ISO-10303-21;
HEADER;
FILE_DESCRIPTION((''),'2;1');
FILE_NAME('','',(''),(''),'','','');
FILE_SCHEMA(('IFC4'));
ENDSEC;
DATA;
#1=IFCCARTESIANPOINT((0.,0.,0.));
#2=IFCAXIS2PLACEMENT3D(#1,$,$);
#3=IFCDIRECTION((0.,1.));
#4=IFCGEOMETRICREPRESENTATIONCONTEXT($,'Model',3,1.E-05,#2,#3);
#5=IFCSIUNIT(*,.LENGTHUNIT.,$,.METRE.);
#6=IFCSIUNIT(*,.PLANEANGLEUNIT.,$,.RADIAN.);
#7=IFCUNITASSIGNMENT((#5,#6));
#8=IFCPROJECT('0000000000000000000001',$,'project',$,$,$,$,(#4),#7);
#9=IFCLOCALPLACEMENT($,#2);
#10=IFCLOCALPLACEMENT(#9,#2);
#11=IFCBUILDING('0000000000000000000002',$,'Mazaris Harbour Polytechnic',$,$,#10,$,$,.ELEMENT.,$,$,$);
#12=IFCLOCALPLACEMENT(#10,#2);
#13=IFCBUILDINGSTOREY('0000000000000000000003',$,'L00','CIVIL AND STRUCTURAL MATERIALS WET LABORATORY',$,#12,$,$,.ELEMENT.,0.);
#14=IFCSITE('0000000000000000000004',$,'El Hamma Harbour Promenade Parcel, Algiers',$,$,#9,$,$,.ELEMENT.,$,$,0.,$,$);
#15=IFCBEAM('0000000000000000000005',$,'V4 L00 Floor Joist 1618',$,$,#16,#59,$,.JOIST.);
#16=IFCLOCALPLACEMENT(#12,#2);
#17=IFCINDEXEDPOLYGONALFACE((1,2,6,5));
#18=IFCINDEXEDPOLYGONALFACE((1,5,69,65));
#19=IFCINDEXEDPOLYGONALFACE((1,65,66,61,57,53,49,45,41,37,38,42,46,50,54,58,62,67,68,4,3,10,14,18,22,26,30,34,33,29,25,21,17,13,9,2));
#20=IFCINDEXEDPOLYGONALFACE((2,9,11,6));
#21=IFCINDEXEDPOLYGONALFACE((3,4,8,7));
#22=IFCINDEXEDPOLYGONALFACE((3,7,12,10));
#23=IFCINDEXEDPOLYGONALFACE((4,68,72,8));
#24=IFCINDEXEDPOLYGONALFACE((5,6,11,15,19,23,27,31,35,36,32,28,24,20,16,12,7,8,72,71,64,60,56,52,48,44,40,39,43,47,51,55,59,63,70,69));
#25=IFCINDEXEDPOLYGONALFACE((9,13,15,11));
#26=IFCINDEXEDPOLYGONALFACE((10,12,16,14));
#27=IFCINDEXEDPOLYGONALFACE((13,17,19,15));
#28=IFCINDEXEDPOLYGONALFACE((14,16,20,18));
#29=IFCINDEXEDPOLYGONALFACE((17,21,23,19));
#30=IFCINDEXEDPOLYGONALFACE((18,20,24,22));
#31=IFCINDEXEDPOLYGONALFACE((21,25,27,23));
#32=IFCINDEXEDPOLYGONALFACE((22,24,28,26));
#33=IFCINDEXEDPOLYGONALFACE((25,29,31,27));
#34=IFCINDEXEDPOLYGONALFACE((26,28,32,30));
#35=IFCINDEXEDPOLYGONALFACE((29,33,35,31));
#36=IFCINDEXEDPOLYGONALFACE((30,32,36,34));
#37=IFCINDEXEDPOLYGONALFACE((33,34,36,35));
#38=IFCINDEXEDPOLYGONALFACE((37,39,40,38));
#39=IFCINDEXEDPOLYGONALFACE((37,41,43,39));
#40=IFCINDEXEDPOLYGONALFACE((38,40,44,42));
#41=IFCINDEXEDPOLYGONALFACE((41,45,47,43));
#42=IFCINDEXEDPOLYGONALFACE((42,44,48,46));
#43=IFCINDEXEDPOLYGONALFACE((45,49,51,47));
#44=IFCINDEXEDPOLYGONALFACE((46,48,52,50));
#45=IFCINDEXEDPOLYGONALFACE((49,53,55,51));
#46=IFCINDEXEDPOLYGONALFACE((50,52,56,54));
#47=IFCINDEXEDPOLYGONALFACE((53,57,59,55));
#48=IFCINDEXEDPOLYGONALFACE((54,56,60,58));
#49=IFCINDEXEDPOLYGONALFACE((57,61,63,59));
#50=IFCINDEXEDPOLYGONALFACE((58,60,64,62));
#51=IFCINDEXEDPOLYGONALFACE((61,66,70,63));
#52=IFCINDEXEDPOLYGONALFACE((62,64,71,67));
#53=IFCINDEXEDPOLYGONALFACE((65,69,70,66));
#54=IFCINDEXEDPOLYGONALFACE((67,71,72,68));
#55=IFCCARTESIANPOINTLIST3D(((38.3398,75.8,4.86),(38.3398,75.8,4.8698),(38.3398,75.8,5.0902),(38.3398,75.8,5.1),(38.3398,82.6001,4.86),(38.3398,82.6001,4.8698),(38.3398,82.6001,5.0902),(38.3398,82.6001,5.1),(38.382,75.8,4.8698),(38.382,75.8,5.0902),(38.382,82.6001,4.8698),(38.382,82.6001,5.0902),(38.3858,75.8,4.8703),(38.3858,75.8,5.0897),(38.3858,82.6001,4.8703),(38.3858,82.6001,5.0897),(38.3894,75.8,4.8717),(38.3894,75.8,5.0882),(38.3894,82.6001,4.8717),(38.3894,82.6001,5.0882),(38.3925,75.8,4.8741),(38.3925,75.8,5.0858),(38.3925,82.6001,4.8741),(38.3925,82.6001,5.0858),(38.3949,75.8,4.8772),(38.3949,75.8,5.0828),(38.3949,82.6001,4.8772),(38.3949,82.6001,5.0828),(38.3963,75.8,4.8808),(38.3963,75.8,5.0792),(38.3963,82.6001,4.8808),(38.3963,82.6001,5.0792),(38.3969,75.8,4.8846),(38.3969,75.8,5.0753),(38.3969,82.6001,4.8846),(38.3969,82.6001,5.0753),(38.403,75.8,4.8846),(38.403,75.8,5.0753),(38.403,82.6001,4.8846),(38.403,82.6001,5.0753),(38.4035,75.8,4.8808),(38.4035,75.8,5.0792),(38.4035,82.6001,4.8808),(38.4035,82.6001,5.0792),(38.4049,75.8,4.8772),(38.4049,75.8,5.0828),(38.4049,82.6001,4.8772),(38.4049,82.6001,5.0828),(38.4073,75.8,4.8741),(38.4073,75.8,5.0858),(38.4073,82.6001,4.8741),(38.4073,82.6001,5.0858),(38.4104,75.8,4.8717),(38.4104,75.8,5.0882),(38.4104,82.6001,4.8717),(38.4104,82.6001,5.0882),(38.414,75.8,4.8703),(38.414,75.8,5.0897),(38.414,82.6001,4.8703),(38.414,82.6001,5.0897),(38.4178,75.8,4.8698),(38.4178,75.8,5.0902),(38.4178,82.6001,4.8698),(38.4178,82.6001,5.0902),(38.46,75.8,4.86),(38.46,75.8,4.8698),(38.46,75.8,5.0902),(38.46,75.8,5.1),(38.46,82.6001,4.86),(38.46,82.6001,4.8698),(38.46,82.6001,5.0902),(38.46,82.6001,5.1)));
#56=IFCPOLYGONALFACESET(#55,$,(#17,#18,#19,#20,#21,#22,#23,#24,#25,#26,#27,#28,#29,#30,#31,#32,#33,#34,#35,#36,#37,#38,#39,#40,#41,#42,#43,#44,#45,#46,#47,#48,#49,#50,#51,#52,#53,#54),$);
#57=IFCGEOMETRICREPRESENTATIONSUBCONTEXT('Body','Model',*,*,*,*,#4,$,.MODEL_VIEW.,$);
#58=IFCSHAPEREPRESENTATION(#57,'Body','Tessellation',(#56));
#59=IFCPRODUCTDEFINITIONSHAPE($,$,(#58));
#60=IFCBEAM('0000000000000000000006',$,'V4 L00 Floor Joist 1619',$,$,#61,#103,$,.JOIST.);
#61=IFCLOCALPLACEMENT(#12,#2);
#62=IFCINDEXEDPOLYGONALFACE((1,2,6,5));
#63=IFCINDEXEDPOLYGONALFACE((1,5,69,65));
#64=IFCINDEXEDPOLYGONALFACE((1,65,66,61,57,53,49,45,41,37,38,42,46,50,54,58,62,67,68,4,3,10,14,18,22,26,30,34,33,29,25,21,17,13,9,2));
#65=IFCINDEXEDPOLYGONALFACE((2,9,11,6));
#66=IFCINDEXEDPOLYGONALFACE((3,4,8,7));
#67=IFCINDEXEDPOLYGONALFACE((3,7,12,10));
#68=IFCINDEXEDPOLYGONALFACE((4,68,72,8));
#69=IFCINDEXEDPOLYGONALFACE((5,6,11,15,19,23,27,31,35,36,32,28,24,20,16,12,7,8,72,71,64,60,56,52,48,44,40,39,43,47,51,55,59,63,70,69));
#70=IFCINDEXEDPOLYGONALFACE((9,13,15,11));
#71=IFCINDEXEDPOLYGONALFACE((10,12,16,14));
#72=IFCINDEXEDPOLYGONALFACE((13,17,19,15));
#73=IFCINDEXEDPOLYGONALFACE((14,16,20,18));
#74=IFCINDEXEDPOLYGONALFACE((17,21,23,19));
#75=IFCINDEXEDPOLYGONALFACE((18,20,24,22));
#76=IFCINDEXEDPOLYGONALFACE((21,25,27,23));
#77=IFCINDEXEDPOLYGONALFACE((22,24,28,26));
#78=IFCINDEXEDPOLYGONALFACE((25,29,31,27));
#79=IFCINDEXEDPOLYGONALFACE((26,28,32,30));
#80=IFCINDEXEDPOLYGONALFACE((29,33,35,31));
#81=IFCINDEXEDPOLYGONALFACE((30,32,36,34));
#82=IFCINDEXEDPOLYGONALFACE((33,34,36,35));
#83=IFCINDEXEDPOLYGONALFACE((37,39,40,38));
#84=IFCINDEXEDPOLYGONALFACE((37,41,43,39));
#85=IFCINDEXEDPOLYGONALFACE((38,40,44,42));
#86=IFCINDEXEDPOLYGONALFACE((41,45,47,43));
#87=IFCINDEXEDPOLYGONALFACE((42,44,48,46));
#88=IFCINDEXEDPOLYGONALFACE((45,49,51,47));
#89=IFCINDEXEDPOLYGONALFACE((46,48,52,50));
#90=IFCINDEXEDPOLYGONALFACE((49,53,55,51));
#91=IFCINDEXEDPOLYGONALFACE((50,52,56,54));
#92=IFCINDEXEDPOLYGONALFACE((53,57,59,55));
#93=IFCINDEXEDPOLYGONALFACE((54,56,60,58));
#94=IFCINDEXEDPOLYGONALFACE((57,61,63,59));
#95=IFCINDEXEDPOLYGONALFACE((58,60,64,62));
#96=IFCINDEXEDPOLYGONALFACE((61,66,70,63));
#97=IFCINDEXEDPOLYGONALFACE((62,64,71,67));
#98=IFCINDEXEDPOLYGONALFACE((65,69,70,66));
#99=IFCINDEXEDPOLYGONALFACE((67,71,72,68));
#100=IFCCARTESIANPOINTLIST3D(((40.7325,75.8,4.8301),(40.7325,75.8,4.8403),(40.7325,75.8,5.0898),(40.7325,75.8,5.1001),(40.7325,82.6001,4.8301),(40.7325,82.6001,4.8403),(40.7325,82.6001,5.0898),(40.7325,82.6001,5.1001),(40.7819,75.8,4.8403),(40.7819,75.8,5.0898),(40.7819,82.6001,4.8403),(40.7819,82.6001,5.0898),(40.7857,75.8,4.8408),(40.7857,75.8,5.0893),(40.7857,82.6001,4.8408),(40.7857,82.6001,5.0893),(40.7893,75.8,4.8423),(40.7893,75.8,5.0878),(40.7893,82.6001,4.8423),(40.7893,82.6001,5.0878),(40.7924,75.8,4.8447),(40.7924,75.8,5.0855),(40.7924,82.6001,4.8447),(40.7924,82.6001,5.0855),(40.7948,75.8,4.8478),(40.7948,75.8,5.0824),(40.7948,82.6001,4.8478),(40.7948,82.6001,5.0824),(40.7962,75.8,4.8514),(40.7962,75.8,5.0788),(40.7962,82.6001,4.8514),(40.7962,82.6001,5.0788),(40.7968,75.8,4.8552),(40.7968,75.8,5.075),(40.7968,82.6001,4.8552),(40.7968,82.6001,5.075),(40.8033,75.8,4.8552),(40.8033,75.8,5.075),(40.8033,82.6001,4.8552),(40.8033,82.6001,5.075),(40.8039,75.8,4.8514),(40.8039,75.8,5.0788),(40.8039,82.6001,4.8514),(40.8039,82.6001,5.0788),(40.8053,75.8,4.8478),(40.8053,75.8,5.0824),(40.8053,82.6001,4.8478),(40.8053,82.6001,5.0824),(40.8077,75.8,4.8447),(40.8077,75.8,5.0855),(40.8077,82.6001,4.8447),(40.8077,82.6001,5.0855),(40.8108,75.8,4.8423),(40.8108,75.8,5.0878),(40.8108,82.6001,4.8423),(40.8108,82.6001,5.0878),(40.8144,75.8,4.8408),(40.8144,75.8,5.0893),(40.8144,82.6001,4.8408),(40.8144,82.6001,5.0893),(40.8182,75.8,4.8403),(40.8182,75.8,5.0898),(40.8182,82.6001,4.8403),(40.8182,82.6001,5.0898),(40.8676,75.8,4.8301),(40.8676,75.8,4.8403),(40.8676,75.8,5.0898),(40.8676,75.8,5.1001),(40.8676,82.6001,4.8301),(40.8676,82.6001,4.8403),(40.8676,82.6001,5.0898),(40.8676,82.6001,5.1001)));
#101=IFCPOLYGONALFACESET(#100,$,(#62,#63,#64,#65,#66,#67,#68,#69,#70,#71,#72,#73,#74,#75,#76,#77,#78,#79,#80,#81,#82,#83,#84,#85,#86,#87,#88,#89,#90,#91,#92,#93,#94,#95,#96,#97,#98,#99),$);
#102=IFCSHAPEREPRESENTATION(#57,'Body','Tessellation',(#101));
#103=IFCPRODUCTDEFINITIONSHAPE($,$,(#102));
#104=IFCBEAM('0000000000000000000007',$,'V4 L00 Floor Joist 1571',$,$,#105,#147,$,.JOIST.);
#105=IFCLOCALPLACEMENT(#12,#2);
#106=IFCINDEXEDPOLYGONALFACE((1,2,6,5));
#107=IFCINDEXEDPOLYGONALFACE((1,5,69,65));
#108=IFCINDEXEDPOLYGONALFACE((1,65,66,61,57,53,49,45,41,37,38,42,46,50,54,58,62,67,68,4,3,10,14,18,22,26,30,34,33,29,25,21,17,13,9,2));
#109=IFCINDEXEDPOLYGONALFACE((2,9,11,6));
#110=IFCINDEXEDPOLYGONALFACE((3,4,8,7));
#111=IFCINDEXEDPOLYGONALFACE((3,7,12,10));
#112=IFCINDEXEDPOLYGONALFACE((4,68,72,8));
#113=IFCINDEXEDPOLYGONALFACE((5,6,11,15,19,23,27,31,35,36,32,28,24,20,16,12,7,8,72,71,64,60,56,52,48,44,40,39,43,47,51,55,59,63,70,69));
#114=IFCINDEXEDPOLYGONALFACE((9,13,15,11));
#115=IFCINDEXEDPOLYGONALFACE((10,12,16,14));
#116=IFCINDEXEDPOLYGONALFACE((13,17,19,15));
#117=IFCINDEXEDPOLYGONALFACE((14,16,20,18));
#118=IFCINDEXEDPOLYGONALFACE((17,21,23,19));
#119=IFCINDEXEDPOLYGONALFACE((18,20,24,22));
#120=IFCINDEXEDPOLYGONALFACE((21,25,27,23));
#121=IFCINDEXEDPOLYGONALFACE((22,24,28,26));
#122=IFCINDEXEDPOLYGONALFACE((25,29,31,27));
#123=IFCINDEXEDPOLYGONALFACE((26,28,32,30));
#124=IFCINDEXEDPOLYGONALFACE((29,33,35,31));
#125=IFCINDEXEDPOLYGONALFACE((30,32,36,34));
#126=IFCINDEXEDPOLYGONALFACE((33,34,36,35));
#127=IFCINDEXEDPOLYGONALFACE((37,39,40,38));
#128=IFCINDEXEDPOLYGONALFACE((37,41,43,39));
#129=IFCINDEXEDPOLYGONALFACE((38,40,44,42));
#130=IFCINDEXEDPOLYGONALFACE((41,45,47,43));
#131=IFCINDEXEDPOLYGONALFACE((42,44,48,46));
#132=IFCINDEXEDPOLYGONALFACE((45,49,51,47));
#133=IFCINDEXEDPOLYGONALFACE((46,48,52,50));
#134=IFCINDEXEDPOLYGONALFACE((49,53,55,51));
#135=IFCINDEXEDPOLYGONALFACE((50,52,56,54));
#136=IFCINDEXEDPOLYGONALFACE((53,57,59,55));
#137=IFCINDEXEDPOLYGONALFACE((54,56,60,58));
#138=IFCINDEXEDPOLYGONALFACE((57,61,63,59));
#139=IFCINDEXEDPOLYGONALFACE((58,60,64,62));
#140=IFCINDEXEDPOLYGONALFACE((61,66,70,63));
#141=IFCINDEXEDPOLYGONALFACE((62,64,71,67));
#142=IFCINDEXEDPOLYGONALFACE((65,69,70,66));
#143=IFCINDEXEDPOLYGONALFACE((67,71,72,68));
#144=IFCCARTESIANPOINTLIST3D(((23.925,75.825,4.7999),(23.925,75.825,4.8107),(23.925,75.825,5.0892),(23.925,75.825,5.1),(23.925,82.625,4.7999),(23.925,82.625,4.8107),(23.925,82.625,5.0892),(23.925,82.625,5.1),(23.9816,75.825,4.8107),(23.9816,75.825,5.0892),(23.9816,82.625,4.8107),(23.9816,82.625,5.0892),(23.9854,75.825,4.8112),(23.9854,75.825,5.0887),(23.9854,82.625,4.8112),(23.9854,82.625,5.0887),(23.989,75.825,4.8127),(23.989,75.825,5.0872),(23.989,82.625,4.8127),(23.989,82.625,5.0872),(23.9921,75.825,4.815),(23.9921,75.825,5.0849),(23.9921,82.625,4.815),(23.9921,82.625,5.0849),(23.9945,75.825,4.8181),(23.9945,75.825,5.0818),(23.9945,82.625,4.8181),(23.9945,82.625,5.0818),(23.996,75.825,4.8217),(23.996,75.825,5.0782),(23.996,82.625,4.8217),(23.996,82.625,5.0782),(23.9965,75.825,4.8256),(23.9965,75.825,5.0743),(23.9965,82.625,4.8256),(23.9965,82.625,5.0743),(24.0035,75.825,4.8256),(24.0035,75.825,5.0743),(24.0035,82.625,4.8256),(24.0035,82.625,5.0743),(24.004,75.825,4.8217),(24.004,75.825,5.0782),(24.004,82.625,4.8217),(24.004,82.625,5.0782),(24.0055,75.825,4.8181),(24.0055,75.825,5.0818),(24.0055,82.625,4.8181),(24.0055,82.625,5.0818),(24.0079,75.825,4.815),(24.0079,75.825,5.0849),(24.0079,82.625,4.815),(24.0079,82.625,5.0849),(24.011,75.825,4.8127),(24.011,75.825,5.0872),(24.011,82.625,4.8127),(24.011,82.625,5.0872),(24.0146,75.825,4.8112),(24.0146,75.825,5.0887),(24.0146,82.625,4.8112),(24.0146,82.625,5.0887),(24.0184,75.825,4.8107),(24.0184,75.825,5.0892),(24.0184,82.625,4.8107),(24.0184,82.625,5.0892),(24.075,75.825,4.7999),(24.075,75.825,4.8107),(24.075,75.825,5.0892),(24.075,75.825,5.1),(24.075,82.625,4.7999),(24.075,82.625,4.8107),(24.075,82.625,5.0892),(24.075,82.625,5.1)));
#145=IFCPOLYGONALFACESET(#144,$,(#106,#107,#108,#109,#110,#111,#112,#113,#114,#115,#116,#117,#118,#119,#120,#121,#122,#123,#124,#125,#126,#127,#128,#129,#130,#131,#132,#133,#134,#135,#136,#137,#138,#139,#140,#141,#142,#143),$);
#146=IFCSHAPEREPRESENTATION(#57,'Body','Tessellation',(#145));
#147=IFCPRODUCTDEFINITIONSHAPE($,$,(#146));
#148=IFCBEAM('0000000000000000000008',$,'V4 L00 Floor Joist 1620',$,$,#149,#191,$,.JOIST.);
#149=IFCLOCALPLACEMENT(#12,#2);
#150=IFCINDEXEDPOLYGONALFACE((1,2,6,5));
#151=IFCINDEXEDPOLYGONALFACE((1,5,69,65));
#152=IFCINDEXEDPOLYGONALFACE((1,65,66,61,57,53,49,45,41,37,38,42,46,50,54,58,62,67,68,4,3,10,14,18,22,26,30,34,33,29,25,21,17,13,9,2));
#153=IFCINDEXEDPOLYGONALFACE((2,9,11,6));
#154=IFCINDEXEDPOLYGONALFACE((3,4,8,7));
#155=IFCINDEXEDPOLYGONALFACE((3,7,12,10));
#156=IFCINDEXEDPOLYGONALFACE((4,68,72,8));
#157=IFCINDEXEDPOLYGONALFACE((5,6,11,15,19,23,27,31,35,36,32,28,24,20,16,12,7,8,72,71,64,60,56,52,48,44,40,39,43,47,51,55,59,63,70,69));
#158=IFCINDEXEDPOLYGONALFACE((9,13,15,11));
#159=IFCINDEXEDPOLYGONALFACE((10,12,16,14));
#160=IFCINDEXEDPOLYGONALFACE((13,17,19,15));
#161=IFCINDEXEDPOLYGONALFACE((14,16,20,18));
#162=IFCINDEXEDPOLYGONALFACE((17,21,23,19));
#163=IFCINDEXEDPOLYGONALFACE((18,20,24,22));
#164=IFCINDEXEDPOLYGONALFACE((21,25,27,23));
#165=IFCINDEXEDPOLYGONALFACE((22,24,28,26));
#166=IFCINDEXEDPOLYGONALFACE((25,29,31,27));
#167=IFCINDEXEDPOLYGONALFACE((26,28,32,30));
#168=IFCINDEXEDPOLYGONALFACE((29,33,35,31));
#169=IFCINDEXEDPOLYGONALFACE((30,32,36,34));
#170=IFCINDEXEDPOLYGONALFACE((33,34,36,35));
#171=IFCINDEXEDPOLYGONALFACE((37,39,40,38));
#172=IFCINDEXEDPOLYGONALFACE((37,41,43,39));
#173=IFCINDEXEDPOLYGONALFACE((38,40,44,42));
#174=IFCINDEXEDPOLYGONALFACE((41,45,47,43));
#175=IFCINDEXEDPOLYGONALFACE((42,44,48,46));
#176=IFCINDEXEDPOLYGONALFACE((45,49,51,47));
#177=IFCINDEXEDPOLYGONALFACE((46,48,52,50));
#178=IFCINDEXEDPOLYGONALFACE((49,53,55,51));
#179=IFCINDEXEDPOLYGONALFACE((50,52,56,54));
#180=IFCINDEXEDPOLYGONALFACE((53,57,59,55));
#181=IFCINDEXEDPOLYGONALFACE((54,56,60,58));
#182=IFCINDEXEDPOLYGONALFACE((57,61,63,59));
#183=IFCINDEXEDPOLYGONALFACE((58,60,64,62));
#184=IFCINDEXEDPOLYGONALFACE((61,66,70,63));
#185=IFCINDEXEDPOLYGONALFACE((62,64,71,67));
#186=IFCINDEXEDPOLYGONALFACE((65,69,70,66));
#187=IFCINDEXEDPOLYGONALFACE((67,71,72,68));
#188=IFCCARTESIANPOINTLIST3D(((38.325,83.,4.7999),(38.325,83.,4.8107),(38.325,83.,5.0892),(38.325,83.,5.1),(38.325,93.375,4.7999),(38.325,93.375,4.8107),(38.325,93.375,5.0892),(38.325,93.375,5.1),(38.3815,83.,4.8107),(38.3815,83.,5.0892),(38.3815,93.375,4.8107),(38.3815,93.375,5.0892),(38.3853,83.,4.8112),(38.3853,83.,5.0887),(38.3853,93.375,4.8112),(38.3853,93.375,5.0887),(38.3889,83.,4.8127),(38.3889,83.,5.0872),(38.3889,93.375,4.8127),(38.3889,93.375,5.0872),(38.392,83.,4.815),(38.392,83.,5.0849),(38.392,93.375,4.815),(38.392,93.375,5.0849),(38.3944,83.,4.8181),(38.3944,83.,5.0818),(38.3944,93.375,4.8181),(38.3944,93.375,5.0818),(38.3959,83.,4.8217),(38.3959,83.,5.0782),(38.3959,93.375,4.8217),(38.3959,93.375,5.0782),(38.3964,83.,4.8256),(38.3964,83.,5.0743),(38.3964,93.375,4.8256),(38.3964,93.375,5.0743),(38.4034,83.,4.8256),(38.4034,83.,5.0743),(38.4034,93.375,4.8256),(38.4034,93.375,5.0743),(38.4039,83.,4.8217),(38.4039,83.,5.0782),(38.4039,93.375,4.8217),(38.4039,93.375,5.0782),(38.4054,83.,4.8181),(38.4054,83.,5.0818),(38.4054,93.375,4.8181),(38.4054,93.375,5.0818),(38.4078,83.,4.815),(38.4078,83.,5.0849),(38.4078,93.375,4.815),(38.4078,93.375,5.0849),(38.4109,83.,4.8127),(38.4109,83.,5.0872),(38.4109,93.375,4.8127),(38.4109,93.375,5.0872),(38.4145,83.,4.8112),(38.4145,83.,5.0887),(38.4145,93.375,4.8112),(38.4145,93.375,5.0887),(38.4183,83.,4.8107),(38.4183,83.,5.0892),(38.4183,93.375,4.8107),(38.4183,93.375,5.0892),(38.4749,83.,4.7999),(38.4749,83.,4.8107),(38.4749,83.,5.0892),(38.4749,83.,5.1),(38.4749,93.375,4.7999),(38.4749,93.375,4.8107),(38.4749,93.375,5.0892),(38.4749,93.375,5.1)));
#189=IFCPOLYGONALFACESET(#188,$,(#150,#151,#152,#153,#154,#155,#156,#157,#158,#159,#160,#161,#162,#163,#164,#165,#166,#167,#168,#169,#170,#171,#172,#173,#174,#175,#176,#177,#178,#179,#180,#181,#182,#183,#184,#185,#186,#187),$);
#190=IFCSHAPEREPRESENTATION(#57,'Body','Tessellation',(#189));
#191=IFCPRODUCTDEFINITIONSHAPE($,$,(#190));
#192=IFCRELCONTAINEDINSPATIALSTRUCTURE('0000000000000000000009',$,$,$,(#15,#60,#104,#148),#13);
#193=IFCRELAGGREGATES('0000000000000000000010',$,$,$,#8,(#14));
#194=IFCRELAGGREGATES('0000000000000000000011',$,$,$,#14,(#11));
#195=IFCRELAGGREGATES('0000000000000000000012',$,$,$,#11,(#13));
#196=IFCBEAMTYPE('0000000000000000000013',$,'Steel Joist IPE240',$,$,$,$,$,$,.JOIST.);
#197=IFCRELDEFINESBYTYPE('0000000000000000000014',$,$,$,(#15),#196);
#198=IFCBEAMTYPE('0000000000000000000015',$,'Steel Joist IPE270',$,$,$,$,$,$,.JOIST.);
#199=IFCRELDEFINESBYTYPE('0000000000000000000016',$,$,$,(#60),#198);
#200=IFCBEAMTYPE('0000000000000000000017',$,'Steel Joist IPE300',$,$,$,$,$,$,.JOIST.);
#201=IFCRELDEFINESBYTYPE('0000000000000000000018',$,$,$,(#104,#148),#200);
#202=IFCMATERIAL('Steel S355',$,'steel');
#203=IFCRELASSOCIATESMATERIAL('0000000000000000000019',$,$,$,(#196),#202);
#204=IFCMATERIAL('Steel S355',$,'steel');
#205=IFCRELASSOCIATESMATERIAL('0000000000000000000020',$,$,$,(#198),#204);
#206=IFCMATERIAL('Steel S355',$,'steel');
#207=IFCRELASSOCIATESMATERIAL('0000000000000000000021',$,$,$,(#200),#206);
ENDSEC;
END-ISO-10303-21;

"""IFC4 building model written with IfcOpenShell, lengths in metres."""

from ifc_helpers import new_model, si_unit, direction, frame, origin, origin_2d, place, context, subcontext, project, spatial, i_section, extrude, material, material_profile, profile_set, type_object, element, save


model = new_model("IFC4")

# Units and contexts
model_context = context("Model", 3, precision=1e-05, world=origin(), true_north=direction((0.0, 1.0)))
body_context = subcontext(model_context, "Body", "Model", "MODEL_VIEW")
ifc_project = project(units=[si_unit("LENGTHUNIT", "METRE"), si_unit("PLANEANGLEUNIT", "RADIAN")], contexts=[model_context])

# Site, building, storey
site_placement = place(None, origin())
site = spatial("IfcSite", under=ifc_project, at=site_placement, Name="El Hamma Harbour Promenade Parcel, Algiers", CompositionType="ELEMENT", RefElevation=0.0)
building_placement = place(site_placement, origin())
building = spatial("IfcBuilding", under=site, at=building_placement, Name="Mazaris Harbour Polytechnic", CompositionType="ELEMENT")
storey_placement = place(building_placement, origin())
storey = spatial("IfcBuildingStorey", under=building, at=storey_placement, Name="L00", Description="CIVIL AND STRUCTURAL MATERIALS WET LABORATORY", CompositionType="ELEMENT", Elevation=0.0)

# Beams
ifc_material_1 = material(Name="Steel S355", Category="steel")
ifc_material_profile_1 = material_profile(ifc_material_1, i_section(OverallWidth=0.1201, OverallDepth=0.24, WebThickness=0.0061, FlangeThickness=0.0098, FilletRadius=0.0149, at=origin_2d()), Name="IPE 240")
ifc_profile_set_1 = profile_set([ifc_material_profile_1], Name="Steel S355")
beam_type_1 = type_object("IfcBeamType", Name="Steel Joist IPE240", PredefinedType="JOIST", material=ifc_profile_set_1)
beam_1_placement = place(storey_placement, frame((38.3999, 75.8, 4.98), z_axis=(0.0, 1.0, 0.0), x_axis=(-1.0, 0.0, 0.0)))
element("IfcBeam", 1, at=beam_1_placement, inside=storey, type_object=beam_type_1, Name="V4 L00 Floor Joist 1618", PredefinedType="JOIST", context=body_context, shape_type="SweptSolid", body=[
    extrude(i_section(OverallWidth=0.1201, OverallDepth=0.24, WebThickness=0.0061, FlangeThickness=0.0098, FilletRadius=0.0149, at=origin_2d()), origin(), (0.0, 0.0, 1.0), 6.8),
])
ifc_material_2 = material(Name="Steel S355", Category="steel")
ifc_material_profile_2 = material_profile(ifc_material_2, i_section(OverallWidth=0.135, OverallDepth=0.27, WebThickness=0.0066, FlangeThickness=0.0103, FilletRadius=0.0149, at=origin_2d()), Name="IPE 270")
ifc_profile_set_2 = profile_set([ifc_material_profile_2], Name="Steel S355")
beam_type_2 = type_object("IfcBeamType", Name="Steel Joist IPE270", PredefinedType="JOIST", material=ifc_profile_set_2)
beam_2_placement = place(storey_placement, frame((40.8, 75.8, 4.9651), z_axis=(0.0, 1.0, 0.0), x_axis=(-1.0, 0.0, 0.0)))
element("IfcBeam", 2, at=beam_2_placement, inside=storey, type_object=beam_type_2, Name="V4 L00 Floor Joist 1619", PredefinedType="JOIST", context=body_context, shape_type="SweptSolid", body=[
    extrude(i_section(OverallWidth=0.135, OverallDepth=0.27, WebThickness=0.0066, FlangeThickness=0.0103, FilletRadius=0.0149, at=origin_2d()), origin(), (0.0, 0.0, 1.0), 6.8),
])
ifc_material_3 = material(Name="Steel S355", Category="steel")
ifc_material_profile_3 = material_profile(ifc_material_3, i_section(OverallWidth=0.1499, OverallDepth=0.3, WebThickness=0.0071, FlangeThickness=0.0107, FilletRadius=0.0149, at=origin_2d()), Name="IPE 300")
ifc_profile_set_3 = profile_set([ifc_material_profile_3], Name="Steel S355")
beam_type_3 = type_object("IfcBeamType", Name="Steel Joist IPE300", PredefinedType="JOIST", material=ifc_profile_set_3)
beam_3_placement = place(storey_placement, frame((24.0, 75.825, 4.95), z_axis=(0.0, 1.0, 0.0), x_axis=(-1.0, 0.0, 0.0)))
element("IfcBeam", 3, at=beam_3_placement, inside=storey, type_object=beam_type_3, Name="V4 L00 Floor Joist 1571", PredefinedType="JOIST", context=body_context, shape_type="SweptSolid", body=[
    extrude(i_section(OverallWidth=0.1499, OverallDepth=0.3, WebThickness=0.0071, FlangeThickness=0.0107, FilletRadius=0.0149, at=origin_2d()), origin(), (0.0, 0.0, 1.0), 6.8),
])
beam_4_placement = place(storey_placement, frame((38.3999, 83.0, 4.95), z_axis=(0.0, 1.0, 0.0), x_axis=(-1.0, 0.0, 0.0)))
element("IfcBeam", 4, at=beam_4_placement, inside=storey, type_object=beam_type_3, Name="V4 L00 Floor Joist 1620", PredefinedType="JOIST", context=body_context, shape_type="SweptSolid", body=[
    extrude(i_section(OverallWidth=0.1499, OverallDepth=0.3, WebThickness=0.0071, FlangeThickness=0.0107, FilletRadius=0.0149, at=origin_2d()), origin(), (0.0, 0.0, 1.0), 10.375),
])

save(model, "model.ifc")
